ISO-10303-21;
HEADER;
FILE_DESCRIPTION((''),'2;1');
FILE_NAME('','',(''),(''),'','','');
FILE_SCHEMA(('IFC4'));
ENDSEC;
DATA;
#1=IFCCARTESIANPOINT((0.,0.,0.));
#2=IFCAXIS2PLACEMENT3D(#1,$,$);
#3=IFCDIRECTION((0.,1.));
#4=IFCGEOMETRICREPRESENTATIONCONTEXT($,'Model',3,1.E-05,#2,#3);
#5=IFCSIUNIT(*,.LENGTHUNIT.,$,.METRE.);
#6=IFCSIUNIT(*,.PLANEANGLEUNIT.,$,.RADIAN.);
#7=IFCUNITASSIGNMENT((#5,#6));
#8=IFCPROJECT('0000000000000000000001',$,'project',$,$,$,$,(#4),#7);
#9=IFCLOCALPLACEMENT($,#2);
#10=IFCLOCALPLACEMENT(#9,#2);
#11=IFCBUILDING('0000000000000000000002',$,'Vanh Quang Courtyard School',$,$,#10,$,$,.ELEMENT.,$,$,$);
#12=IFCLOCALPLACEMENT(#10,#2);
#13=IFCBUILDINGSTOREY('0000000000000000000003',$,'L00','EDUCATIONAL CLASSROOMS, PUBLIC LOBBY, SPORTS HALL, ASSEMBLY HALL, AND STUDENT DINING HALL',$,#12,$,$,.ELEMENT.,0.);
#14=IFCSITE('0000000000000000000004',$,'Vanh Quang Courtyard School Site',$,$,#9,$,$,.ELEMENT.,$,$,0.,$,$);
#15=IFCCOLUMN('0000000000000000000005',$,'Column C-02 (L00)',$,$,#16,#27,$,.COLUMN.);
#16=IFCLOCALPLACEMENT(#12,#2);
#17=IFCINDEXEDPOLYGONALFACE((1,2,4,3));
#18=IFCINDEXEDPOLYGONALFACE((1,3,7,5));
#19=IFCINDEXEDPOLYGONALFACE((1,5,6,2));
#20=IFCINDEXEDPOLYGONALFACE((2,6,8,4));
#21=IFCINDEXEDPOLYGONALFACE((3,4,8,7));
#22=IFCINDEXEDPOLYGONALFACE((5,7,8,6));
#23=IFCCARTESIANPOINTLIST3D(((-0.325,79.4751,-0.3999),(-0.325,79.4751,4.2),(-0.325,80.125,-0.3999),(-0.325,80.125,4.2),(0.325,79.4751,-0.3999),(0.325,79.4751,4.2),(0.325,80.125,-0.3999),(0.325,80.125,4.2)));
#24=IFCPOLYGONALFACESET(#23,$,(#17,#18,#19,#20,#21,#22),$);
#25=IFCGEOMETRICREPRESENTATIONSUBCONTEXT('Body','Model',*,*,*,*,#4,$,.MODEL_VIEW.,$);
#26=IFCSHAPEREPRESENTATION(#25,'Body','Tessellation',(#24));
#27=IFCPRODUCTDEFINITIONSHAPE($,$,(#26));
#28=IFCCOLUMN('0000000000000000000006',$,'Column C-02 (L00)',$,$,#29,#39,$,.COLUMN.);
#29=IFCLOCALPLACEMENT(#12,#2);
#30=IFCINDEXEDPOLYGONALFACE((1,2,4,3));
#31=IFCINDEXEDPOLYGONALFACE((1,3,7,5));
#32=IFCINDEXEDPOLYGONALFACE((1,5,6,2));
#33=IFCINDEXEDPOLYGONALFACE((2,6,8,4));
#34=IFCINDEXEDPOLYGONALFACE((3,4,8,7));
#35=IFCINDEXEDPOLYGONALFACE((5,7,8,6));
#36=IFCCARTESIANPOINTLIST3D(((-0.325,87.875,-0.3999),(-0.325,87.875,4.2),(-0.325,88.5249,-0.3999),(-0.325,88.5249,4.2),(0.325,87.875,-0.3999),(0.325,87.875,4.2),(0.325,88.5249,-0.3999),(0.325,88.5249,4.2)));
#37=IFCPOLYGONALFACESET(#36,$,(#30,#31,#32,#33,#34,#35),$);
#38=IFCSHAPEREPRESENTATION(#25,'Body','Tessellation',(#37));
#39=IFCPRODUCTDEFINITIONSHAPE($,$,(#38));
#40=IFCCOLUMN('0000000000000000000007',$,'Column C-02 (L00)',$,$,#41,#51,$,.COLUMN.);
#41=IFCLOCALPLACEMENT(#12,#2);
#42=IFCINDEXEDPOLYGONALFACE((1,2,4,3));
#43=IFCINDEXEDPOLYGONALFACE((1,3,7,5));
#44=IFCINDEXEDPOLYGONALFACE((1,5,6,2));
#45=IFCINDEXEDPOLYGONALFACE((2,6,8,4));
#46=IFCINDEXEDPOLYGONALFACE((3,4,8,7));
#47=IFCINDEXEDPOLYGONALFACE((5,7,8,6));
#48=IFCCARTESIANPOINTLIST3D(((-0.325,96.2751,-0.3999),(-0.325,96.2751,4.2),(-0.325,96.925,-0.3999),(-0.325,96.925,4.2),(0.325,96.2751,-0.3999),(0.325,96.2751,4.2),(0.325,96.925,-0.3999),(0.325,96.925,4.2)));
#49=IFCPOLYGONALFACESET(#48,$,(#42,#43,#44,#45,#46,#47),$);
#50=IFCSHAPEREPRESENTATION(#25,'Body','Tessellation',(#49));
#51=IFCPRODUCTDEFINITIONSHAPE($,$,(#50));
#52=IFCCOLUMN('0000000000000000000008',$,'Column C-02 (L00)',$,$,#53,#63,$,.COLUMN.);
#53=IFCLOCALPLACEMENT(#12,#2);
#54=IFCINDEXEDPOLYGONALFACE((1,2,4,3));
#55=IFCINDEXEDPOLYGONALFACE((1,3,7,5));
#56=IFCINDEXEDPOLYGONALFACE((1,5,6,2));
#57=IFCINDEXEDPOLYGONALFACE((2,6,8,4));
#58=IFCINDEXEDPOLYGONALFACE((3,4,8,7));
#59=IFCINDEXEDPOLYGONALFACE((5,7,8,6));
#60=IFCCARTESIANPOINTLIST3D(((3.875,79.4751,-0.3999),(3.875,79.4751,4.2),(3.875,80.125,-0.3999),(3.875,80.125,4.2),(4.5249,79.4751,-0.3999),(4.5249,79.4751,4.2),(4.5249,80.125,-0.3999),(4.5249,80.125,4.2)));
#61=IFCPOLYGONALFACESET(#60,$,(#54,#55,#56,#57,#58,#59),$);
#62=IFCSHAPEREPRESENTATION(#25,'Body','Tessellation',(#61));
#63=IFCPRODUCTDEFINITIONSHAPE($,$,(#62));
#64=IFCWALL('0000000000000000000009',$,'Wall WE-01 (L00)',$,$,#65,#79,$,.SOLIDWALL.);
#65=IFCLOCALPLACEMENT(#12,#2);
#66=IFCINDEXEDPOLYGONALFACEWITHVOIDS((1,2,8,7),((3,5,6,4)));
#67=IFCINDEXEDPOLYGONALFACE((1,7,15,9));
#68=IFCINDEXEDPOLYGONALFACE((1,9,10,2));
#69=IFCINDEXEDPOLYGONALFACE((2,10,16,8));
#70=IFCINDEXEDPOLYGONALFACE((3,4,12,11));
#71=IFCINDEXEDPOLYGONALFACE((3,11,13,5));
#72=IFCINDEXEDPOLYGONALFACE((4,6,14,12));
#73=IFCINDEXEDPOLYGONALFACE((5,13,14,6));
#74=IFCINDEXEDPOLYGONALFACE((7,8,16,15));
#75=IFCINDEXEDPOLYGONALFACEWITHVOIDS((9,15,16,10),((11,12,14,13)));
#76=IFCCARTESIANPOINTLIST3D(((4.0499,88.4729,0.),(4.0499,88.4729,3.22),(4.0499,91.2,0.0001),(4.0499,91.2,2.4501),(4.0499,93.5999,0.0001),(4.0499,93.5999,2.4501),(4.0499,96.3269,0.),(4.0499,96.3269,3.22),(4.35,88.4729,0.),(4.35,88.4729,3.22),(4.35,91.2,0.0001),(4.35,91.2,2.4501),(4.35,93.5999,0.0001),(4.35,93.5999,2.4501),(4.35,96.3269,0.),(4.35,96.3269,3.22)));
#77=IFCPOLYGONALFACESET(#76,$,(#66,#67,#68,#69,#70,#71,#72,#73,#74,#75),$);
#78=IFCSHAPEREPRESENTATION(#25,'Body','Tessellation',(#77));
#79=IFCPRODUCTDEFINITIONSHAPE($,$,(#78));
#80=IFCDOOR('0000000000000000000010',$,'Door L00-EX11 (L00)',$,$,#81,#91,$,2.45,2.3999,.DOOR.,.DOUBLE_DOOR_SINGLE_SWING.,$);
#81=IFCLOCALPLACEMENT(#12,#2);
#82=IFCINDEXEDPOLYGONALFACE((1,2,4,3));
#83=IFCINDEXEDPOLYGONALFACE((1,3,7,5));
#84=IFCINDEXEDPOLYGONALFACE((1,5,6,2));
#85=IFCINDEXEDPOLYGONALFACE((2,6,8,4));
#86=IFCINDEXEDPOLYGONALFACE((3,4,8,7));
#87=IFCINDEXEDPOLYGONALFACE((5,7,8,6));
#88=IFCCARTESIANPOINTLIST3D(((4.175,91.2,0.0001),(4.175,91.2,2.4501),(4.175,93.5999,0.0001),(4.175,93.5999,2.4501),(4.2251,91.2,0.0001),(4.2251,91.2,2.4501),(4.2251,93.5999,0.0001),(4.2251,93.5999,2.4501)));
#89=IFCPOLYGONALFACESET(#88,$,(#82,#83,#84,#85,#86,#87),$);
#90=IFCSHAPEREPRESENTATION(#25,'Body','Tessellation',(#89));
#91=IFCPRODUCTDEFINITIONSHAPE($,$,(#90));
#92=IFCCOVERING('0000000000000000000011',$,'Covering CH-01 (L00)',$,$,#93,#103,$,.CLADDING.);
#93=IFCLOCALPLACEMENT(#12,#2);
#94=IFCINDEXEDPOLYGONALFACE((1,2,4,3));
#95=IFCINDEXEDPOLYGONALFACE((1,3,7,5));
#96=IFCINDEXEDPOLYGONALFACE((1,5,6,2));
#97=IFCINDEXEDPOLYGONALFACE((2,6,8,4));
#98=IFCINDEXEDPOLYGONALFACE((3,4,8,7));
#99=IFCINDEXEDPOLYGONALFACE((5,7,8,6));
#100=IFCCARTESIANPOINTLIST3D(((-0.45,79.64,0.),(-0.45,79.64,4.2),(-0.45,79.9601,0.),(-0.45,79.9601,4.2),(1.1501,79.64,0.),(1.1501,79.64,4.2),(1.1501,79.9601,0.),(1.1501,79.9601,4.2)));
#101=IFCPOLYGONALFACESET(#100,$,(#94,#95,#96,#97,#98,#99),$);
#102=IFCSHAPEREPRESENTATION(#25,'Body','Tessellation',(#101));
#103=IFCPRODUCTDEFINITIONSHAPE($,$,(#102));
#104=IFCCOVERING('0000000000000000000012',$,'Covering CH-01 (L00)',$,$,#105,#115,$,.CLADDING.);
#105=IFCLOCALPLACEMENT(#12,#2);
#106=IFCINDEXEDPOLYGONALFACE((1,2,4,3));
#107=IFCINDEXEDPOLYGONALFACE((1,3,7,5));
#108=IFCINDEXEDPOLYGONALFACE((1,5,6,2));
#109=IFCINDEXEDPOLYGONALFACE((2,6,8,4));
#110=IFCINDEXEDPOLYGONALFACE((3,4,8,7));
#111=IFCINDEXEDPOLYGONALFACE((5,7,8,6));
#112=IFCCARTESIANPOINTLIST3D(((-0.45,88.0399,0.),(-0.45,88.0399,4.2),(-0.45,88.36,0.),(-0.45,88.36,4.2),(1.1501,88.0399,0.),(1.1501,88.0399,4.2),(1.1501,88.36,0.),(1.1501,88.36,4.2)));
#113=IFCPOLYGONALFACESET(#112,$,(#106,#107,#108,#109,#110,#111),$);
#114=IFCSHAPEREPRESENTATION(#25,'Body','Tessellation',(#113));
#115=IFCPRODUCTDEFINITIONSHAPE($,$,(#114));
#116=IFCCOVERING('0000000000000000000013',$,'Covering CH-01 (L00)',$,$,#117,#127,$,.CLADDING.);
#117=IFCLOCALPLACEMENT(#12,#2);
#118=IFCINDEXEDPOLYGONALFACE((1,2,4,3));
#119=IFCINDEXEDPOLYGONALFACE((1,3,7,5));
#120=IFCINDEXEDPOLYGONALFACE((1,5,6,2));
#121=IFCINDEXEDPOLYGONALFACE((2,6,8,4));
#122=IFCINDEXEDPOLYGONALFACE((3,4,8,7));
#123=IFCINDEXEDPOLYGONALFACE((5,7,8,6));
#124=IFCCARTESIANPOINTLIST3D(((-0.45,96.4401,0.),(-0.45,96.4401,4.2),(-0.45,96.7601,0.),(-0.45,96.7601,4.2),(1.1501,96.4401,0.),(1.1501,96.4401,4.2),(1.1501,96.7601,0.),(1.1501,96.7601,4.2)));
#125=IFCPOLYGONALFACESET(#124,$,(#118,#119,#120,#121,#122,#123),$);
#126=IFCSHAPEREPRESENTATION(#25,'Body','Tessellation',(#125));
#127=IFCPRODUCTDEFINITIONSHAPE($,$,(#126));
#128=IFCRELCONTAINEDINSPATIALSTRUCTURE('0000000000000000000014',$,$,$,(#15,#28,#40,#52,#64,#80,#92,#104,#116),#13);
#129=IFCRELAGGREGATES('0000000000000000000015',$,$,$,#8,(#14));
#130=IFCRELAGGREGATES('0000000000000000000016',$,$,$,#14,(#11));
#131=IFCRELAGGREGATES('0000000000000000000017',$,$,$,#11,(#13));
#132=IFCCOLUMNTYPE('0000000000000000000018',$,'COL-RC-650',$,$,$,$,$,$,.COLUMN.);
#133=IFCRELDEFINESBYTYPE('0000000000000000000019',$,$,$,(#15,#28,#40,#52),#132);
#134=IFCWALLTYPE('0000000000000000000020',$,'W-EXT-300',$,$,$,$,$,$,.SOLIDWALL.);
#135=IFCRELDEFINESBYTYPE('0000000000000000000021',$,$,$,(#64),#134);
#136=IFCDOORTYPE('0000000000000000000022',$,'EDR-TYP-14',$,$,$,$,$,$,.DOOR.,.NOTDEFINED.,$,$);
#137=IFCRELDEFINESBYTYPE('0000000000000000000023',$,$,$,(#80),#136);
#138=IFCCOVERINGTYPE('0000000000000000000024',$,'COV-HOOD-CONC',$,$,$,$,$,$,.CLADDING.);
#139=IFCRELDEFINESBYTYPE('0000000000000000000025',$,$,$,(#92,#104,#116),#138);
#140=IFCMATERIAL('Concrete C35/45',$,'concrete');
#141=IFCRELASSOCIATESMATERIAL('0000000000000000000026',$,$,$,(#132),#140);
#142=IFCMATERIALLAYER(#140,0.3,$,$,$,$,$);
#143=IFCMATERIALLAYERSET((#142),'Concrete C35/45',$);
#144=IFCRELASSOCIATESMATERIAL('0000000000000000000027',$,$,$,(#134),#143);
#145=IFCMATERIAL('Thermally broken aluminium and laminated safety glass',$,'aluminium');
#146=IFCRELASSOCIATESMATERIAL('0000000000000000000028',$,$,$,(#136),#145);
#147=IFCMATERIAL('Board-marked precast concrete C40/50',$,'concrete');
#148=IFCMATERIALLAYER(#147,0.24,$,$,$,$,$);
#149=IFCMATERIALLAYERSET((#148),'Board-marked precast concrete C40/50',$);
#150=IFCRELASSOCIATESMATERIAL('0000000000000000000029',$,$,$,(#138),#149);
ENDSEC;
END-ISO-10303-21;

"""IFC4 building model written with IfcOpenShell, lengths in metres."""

from ifc_helpers import new_model, si_unit, direction, frame, frame_2d, origin, origin_2d, place, context, subcontext, project, spatial, rectangle, extrude, material, layer, layer_set, material_profile, profile_set, type_object, element, fill, save


model = new_model("IFC4")

# Units and contexts
model_context = context("Model", 3, precision=1e-05, world=origin(), true_north=direction((0.0, 1.0)))
body_context = subcontext(model_context, "Body", "Model", "MODEL_VIEW")
ifc_project = project(units=[si_unit("LENGTHUNIT", "METRE"), si_unit("PLANEANGLEUNIT", "RADIAN")], contexts=[model_context])

# Site, building, storey
site_placement = place(None, origin())
site = spatial("IfcSite", under=ifc_project, at=site_placement, Name="Vanh Quang Courtyard School Site", CompositionType="ELEMENT", RefElevation=0.0)
building_placement = place(site_placement, origin())
building = spatial("IfcBuilding", under=site, at=building_placement, Name="Vanh Quang Courtyard School", CompositionType="ELEMENT")
storey_placement = place(building_placement, origin())
storey = spatial("IfcBuildingStorey", under=building, at=storey_placement, Name="L00", Description="EDUCATIONAL CLASSROOMS, PUBLIC LOBBY, SPORTS HALL, ASSEMBLY HALL, AND STUDENT DINING HALL", CompositionType="ELEMENT", Elevation=0.0)

# Shared definitions
ifc_material_1 = material(Name="Concrete C35/45", Category="concrete")

# Columns
ifc_material_profile_1 = material_profile(ifc_material_1, rectangle(XDim=0.6499, YDim=0.6499, at=origin_2d()), Name="RC-COL 650x650")
ifc_profile_set_1 = profile_set([ifc_material_profile_1], Name="Concrete C35/45")
column_type_1 = type_object("IfcColumnType", Name="COL-RC-650", PredefinedType="COLUMN", material=ifc_profile_set_1)
for number, where, z_axis, x_axis, name in (
    (1, (0.0, 79.8, -0.3999), (0.0, 0.0, 1.0), (1.0, 0.0, 0.0), "Column C-02 (L00)"),
    (2, (0.0, 88.2, -0.3999), (0.0, 0.0, 1.0), (1.0, 0.0, 0.0), "Column C-02 (L00)"),
    (3, (0.0, 96.6001, -0.3999), (0.0, 0.0, 1.0), (1.0, 0.0, 0.0), "Column C-02 (L00)"),
    (4, (4.2, 79.8, -0.3999), (0.0, 0.0, 1.0), (1.0, 0.0, 0.0), "Column C-02 (L00)"),
):
    element("IfcColumn", number, at=place(storey_placement, frame(where, z_axis=z_axis, x_axis=x_axis)), inside=storey, type_object=column_type_1, Name=name, PredefinedType="COLUMN", context=body_context, shape_type="SweptSolid", body=[
        extrude(rectangle(XDim=0.6499, YDim=0.6499, at=origin_2d()), origin(), (0.0, 0.0, 1.0), 4.5999),
    ])

# Wall, opening, door
ifc_layer_1 = layer(ifc_material_1, 0.3)
ifc_layer_set_1 = layer_set([ifc_layer_1], Name="Concrete C35/45")
wall_type = type_object("IfcWallType", Name="W-EXT-300", PredefinedType="SOLIDWALL", material=ifc_layer_set_1)
wall_placement = place(storey_placement, frame((4.2, 88.4729, 0.0), z_axis=(0.0, 0.0, 1.0), x_axis=(0.0, 1.0, 0.0)))
wall = element("IfcWall", 5, at=wall_placement, inside=storey, type_object=wall_type, Name="Wall WE-01 (L00)", PredefinedType="SOLIDWALL", context=body_context, shape_type="SweptSolid", body=[
    extrude(rectangle(XDim=7.854, YDim=0.3, at=frame_2d((3.927, 0.0))), origin(), (0.0, 0.0, 1.0), 3.22),
])
opening_placement = place(wall_placement, frame((2.7271, 0.0, 0.0)))
opening = element("IfcOpeningElement", 6, at=opening_placement, cuts=wall, PredefinedType="OPENING", context=body_context, shape_type="SweptSolid", body=[
    extrude(rectangle(XDim=2.3999, YDim=2.45, at=frame_2d((1.2, 1.2251))), frame((0.0, 0.1602, 0.0), z_axis=(0.0, -1.0, 0.0), x_axis=(1.0, 0.0, 0.0)), (0.0, 0.0, 1.0), 0.3201),
])
ifc_material_2 = material(Name="Thermally broken aluminium and laminated safety glass", Category="aluminium")
door_type = type_object("IfcDoorType", Name="EDR-TYP-14", OperationType="NOTDEFINED", PredefinedType="DOOR", material=ifc_material_2)
door_placement = place(opening_placement, origin())
door = element("IfcDoor", 7, at=door_placement, inside=storey, type_object=door_type, Name="Door L00-EX11 (L00)", OperationType="DOUBLE_DOOR_SINGLE_SWING", OverallHeight=2.45, OverallWidth=2.3999, PredefinedType="DOOR", context=body_context, shape_type="SweptSolid", body=[
    extrude(rectangle(XDim=2.3999, YDim=2.45, at=frame_2d((1.2, 1.2251))), frame((0.0, 0.0249, 0.0), z_axis=(0.0, -1.0, 0.0), x_axis=(1.0, 0.0, 0.0)), (0.0, 0.0, 1.0), 0.05),
])
fill(opening, door)

# Coverings
ifc_material_3 = material(Name="Board-marked precast concrete C40/50", Category="concrete")
ifc_layer_2 = layer(ifc_material_3, 0.24)
ifc_layer_set_2 = layer_set([ifc_layer_2], Name="Board-marked precast concrete C40/50")
covering_type = type_object("IfcCoveringType", Name="COV-HOOD-CONC", PredefinedType="CLADDING", material=ifc_layer_set_2)
for number, where, z_axis, x_axis, name in (
    (8, (0.3501, 79.8, 0.0), (0.0, 0.0, 1.0), (1.0, 0.0, 0.0), "Covering CH-01 (L00)"),
    (9, (0.3501, 88.2, 0.0), (0.0, 0.0, 1.0), (1.0, 0.0, 0.0), "Covering CH-01 (L00)"),
    (10, (0.3501, 96.6001, 0.0), (0.0, 0.0, 1.0), (1.0, 0.0, 0.0), "Covering CH-01 (L00)"),
):
    element("IfcCovering", number, at=place(storey_placement, frame(where, z_axis=z_axis, x_axis=x_axis)), inside=storey, type_object=covering_type, Name=name, PredefinedType="CLADDING", context=body_context, shape_type="SweptSolid", body=[
        extrude(rectangle(XDim=1.6001, YDim=0.3201, at=origin_2d()), origin(), (0.0, 0.0, 1.0), 4.2),
    ])

save(model, "model.ifc")
